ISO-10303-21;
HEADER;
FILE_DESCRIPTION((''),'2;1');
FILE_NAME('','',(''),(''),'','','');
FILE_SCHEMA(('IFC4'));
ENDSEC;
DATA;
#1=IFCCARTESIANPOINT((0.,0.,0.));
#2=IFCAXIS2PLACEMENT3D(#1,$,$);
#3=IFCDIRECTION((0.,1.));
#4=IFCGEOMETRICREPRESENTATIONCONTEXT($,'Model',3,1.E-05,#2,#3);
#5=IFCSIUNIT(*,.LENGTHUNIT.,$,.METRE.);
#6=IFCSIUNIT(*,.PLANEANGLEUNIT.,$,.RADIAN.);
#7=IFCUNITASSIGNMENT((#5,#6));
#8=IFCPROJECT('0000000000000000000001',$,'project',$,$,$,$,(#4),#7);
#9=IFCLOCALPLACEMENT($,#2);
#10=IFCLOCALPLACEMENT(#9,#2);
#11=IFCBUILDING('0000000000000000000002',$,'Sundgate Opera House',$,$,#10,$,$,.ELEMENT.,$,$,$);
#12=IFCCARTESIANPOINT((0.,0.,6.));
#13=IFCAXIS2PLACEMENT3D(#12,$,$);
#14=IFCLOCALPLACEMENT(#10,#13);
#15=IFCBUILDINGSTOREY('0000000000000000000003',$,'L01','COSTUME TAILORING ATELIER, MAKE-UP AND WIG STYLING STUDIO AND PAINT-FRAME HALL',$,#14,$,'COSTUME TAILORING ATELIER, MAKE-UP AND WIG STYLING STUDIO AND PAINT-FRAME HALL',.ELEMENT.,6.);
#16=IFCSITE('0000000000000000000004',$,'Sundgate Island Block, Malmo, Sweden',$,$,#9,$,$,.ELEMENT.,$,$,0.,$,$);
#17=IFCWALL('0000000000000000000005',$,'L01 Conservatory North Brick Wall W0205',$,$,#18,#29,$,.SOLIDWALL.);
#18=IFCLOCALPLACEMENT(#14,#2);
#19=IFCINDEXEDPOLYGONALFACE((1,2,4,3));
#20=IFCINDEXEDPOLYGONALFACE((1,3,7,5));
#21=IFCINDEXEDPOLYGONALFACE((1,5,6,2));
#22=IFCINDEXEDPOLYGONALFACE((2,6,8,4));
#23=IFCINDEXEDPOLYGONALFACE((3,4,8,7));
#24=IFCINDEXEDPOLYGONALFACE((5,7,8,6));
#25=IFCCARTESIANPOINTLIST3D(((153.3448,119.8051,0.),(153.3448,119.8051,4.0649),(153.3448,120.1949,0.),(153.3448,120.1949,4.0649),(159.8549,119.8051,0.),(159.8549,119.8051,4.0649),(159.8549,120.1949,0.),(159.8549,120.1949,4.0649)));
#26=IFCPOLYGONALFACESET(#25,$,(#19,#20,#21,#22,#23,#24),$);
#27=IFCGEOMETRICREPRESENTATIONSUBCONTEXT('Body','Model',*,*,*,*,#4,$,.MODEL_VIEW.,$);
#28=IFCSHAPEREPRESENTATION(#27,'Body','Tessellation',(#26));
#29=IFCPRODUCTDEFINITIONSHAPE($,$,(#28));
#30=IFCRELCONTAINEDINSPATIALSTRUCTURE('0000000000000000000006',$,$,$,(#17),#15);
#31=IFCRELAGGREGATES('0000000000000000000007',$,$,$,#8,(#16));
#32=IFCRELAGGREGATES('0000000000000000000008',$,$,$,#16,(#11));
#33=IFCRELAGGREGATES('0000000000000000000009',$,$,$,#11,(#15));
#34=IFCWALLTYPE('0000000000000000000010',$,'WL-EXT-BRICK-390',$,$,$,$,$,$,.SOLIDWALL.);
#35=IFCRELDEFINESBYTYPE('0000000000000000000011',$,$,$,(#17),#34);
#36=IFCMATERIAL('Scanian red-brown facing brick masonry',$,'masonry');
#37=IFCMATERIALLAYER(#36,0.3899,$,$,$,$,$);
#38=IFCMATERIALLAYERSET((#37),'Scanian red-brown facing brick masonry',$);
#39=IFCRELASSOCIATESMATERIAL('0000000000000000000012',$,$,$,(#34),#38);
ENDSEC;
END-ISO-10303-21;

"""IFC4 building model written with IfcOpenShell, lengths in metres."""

from ifc_helpers import new_model, si_unit, direction, frame, frame_2d, origin, place, context, subcontext, project, spatial, rectangle, extrude, material, layer, layer_set, type_object, element, save


model = new_model("IFC4")

# Units and contexts
model_context = context("Model", 3, precision=1e-05, world=origin(), true_north=direction((0.0, 1.0)))
body_context = subcontext(model_context, "Body", "Model", "MODEL_VIEW")
ifc_project = project(units=[si_unit("LENGTHUNIT", "METRE"), si_unit("PLANEANGLEUNIT", "RADIAN")], contexts=[model_context])

# Site, building, storey
site_placement = place(None, origin())
site = spatial("IfcSite", under=ifc_project, at=site_placement, Name="Sundgate Island Block, Malmo, Sweden", CompositionType="ELEMENT", RefElevation=0.0)
building_placement = place(site_placement, origin())
building = spatial("IfcBuilding", under=site, at=building_placement, Name="Sundgate Opera House", CompositionType="ELEMENT")
storey_placement = place(building_placement, frame((0.0, 0.0, 6.0)))
storey = spatial("IfcBuildingStorey", under=building, at=storey_placement, Name="L01", Description="COSTUME TAILORING ATELIER, MAKE-UP AND WIG STYLING STUDIO AND PAINT-FRAME HALL", LongName="COSTUME TAILORING ATELIER, MAKE-UP AND WIG STYLING STUDIO AND PAINT-FRAME HALL", CompositionType="ELEMENT", Elevation=6.0)

# Wall
ifc_material_1 = material(Name="Scanian red-brown facing brick masonry", Category="masonry")
ifc_layer_1 = layer(ifc_material_1, 0.3899)
ifc_layer_set_1 = layer_set([ifc_layer_1], Name="Scanian red-brown facing brick masonry")
wall_type = type_object("IfcWallType", Name="WL-EXT-BRICK-390", PredefinedType="SOLIDWALL", material=ifc_layer_set_1)
wall_placement = place(storey_placement, frame((153.345, 120.0, 0.0), z_axis=(0.0, 0.0, 1.0), x_axis=(1.0, 0.0, 0.0)))
element("IfcWall", 1, at=wall_placement, inside=storey, type_object=wall_type, Name="L01 Conservatory North Brick Wall W0205", PredefinedType="SOLIDWALL", context=body_context, shape_type="SweptSolid", body=[
    extrude(rectangle(XDim=6.51, YDim=0.3899, at=frame_2d((3.2549, 0.0))), origin(), (0.0, 0.0, 1.0), 4.0649),
])

save(model, "model.ifc")
